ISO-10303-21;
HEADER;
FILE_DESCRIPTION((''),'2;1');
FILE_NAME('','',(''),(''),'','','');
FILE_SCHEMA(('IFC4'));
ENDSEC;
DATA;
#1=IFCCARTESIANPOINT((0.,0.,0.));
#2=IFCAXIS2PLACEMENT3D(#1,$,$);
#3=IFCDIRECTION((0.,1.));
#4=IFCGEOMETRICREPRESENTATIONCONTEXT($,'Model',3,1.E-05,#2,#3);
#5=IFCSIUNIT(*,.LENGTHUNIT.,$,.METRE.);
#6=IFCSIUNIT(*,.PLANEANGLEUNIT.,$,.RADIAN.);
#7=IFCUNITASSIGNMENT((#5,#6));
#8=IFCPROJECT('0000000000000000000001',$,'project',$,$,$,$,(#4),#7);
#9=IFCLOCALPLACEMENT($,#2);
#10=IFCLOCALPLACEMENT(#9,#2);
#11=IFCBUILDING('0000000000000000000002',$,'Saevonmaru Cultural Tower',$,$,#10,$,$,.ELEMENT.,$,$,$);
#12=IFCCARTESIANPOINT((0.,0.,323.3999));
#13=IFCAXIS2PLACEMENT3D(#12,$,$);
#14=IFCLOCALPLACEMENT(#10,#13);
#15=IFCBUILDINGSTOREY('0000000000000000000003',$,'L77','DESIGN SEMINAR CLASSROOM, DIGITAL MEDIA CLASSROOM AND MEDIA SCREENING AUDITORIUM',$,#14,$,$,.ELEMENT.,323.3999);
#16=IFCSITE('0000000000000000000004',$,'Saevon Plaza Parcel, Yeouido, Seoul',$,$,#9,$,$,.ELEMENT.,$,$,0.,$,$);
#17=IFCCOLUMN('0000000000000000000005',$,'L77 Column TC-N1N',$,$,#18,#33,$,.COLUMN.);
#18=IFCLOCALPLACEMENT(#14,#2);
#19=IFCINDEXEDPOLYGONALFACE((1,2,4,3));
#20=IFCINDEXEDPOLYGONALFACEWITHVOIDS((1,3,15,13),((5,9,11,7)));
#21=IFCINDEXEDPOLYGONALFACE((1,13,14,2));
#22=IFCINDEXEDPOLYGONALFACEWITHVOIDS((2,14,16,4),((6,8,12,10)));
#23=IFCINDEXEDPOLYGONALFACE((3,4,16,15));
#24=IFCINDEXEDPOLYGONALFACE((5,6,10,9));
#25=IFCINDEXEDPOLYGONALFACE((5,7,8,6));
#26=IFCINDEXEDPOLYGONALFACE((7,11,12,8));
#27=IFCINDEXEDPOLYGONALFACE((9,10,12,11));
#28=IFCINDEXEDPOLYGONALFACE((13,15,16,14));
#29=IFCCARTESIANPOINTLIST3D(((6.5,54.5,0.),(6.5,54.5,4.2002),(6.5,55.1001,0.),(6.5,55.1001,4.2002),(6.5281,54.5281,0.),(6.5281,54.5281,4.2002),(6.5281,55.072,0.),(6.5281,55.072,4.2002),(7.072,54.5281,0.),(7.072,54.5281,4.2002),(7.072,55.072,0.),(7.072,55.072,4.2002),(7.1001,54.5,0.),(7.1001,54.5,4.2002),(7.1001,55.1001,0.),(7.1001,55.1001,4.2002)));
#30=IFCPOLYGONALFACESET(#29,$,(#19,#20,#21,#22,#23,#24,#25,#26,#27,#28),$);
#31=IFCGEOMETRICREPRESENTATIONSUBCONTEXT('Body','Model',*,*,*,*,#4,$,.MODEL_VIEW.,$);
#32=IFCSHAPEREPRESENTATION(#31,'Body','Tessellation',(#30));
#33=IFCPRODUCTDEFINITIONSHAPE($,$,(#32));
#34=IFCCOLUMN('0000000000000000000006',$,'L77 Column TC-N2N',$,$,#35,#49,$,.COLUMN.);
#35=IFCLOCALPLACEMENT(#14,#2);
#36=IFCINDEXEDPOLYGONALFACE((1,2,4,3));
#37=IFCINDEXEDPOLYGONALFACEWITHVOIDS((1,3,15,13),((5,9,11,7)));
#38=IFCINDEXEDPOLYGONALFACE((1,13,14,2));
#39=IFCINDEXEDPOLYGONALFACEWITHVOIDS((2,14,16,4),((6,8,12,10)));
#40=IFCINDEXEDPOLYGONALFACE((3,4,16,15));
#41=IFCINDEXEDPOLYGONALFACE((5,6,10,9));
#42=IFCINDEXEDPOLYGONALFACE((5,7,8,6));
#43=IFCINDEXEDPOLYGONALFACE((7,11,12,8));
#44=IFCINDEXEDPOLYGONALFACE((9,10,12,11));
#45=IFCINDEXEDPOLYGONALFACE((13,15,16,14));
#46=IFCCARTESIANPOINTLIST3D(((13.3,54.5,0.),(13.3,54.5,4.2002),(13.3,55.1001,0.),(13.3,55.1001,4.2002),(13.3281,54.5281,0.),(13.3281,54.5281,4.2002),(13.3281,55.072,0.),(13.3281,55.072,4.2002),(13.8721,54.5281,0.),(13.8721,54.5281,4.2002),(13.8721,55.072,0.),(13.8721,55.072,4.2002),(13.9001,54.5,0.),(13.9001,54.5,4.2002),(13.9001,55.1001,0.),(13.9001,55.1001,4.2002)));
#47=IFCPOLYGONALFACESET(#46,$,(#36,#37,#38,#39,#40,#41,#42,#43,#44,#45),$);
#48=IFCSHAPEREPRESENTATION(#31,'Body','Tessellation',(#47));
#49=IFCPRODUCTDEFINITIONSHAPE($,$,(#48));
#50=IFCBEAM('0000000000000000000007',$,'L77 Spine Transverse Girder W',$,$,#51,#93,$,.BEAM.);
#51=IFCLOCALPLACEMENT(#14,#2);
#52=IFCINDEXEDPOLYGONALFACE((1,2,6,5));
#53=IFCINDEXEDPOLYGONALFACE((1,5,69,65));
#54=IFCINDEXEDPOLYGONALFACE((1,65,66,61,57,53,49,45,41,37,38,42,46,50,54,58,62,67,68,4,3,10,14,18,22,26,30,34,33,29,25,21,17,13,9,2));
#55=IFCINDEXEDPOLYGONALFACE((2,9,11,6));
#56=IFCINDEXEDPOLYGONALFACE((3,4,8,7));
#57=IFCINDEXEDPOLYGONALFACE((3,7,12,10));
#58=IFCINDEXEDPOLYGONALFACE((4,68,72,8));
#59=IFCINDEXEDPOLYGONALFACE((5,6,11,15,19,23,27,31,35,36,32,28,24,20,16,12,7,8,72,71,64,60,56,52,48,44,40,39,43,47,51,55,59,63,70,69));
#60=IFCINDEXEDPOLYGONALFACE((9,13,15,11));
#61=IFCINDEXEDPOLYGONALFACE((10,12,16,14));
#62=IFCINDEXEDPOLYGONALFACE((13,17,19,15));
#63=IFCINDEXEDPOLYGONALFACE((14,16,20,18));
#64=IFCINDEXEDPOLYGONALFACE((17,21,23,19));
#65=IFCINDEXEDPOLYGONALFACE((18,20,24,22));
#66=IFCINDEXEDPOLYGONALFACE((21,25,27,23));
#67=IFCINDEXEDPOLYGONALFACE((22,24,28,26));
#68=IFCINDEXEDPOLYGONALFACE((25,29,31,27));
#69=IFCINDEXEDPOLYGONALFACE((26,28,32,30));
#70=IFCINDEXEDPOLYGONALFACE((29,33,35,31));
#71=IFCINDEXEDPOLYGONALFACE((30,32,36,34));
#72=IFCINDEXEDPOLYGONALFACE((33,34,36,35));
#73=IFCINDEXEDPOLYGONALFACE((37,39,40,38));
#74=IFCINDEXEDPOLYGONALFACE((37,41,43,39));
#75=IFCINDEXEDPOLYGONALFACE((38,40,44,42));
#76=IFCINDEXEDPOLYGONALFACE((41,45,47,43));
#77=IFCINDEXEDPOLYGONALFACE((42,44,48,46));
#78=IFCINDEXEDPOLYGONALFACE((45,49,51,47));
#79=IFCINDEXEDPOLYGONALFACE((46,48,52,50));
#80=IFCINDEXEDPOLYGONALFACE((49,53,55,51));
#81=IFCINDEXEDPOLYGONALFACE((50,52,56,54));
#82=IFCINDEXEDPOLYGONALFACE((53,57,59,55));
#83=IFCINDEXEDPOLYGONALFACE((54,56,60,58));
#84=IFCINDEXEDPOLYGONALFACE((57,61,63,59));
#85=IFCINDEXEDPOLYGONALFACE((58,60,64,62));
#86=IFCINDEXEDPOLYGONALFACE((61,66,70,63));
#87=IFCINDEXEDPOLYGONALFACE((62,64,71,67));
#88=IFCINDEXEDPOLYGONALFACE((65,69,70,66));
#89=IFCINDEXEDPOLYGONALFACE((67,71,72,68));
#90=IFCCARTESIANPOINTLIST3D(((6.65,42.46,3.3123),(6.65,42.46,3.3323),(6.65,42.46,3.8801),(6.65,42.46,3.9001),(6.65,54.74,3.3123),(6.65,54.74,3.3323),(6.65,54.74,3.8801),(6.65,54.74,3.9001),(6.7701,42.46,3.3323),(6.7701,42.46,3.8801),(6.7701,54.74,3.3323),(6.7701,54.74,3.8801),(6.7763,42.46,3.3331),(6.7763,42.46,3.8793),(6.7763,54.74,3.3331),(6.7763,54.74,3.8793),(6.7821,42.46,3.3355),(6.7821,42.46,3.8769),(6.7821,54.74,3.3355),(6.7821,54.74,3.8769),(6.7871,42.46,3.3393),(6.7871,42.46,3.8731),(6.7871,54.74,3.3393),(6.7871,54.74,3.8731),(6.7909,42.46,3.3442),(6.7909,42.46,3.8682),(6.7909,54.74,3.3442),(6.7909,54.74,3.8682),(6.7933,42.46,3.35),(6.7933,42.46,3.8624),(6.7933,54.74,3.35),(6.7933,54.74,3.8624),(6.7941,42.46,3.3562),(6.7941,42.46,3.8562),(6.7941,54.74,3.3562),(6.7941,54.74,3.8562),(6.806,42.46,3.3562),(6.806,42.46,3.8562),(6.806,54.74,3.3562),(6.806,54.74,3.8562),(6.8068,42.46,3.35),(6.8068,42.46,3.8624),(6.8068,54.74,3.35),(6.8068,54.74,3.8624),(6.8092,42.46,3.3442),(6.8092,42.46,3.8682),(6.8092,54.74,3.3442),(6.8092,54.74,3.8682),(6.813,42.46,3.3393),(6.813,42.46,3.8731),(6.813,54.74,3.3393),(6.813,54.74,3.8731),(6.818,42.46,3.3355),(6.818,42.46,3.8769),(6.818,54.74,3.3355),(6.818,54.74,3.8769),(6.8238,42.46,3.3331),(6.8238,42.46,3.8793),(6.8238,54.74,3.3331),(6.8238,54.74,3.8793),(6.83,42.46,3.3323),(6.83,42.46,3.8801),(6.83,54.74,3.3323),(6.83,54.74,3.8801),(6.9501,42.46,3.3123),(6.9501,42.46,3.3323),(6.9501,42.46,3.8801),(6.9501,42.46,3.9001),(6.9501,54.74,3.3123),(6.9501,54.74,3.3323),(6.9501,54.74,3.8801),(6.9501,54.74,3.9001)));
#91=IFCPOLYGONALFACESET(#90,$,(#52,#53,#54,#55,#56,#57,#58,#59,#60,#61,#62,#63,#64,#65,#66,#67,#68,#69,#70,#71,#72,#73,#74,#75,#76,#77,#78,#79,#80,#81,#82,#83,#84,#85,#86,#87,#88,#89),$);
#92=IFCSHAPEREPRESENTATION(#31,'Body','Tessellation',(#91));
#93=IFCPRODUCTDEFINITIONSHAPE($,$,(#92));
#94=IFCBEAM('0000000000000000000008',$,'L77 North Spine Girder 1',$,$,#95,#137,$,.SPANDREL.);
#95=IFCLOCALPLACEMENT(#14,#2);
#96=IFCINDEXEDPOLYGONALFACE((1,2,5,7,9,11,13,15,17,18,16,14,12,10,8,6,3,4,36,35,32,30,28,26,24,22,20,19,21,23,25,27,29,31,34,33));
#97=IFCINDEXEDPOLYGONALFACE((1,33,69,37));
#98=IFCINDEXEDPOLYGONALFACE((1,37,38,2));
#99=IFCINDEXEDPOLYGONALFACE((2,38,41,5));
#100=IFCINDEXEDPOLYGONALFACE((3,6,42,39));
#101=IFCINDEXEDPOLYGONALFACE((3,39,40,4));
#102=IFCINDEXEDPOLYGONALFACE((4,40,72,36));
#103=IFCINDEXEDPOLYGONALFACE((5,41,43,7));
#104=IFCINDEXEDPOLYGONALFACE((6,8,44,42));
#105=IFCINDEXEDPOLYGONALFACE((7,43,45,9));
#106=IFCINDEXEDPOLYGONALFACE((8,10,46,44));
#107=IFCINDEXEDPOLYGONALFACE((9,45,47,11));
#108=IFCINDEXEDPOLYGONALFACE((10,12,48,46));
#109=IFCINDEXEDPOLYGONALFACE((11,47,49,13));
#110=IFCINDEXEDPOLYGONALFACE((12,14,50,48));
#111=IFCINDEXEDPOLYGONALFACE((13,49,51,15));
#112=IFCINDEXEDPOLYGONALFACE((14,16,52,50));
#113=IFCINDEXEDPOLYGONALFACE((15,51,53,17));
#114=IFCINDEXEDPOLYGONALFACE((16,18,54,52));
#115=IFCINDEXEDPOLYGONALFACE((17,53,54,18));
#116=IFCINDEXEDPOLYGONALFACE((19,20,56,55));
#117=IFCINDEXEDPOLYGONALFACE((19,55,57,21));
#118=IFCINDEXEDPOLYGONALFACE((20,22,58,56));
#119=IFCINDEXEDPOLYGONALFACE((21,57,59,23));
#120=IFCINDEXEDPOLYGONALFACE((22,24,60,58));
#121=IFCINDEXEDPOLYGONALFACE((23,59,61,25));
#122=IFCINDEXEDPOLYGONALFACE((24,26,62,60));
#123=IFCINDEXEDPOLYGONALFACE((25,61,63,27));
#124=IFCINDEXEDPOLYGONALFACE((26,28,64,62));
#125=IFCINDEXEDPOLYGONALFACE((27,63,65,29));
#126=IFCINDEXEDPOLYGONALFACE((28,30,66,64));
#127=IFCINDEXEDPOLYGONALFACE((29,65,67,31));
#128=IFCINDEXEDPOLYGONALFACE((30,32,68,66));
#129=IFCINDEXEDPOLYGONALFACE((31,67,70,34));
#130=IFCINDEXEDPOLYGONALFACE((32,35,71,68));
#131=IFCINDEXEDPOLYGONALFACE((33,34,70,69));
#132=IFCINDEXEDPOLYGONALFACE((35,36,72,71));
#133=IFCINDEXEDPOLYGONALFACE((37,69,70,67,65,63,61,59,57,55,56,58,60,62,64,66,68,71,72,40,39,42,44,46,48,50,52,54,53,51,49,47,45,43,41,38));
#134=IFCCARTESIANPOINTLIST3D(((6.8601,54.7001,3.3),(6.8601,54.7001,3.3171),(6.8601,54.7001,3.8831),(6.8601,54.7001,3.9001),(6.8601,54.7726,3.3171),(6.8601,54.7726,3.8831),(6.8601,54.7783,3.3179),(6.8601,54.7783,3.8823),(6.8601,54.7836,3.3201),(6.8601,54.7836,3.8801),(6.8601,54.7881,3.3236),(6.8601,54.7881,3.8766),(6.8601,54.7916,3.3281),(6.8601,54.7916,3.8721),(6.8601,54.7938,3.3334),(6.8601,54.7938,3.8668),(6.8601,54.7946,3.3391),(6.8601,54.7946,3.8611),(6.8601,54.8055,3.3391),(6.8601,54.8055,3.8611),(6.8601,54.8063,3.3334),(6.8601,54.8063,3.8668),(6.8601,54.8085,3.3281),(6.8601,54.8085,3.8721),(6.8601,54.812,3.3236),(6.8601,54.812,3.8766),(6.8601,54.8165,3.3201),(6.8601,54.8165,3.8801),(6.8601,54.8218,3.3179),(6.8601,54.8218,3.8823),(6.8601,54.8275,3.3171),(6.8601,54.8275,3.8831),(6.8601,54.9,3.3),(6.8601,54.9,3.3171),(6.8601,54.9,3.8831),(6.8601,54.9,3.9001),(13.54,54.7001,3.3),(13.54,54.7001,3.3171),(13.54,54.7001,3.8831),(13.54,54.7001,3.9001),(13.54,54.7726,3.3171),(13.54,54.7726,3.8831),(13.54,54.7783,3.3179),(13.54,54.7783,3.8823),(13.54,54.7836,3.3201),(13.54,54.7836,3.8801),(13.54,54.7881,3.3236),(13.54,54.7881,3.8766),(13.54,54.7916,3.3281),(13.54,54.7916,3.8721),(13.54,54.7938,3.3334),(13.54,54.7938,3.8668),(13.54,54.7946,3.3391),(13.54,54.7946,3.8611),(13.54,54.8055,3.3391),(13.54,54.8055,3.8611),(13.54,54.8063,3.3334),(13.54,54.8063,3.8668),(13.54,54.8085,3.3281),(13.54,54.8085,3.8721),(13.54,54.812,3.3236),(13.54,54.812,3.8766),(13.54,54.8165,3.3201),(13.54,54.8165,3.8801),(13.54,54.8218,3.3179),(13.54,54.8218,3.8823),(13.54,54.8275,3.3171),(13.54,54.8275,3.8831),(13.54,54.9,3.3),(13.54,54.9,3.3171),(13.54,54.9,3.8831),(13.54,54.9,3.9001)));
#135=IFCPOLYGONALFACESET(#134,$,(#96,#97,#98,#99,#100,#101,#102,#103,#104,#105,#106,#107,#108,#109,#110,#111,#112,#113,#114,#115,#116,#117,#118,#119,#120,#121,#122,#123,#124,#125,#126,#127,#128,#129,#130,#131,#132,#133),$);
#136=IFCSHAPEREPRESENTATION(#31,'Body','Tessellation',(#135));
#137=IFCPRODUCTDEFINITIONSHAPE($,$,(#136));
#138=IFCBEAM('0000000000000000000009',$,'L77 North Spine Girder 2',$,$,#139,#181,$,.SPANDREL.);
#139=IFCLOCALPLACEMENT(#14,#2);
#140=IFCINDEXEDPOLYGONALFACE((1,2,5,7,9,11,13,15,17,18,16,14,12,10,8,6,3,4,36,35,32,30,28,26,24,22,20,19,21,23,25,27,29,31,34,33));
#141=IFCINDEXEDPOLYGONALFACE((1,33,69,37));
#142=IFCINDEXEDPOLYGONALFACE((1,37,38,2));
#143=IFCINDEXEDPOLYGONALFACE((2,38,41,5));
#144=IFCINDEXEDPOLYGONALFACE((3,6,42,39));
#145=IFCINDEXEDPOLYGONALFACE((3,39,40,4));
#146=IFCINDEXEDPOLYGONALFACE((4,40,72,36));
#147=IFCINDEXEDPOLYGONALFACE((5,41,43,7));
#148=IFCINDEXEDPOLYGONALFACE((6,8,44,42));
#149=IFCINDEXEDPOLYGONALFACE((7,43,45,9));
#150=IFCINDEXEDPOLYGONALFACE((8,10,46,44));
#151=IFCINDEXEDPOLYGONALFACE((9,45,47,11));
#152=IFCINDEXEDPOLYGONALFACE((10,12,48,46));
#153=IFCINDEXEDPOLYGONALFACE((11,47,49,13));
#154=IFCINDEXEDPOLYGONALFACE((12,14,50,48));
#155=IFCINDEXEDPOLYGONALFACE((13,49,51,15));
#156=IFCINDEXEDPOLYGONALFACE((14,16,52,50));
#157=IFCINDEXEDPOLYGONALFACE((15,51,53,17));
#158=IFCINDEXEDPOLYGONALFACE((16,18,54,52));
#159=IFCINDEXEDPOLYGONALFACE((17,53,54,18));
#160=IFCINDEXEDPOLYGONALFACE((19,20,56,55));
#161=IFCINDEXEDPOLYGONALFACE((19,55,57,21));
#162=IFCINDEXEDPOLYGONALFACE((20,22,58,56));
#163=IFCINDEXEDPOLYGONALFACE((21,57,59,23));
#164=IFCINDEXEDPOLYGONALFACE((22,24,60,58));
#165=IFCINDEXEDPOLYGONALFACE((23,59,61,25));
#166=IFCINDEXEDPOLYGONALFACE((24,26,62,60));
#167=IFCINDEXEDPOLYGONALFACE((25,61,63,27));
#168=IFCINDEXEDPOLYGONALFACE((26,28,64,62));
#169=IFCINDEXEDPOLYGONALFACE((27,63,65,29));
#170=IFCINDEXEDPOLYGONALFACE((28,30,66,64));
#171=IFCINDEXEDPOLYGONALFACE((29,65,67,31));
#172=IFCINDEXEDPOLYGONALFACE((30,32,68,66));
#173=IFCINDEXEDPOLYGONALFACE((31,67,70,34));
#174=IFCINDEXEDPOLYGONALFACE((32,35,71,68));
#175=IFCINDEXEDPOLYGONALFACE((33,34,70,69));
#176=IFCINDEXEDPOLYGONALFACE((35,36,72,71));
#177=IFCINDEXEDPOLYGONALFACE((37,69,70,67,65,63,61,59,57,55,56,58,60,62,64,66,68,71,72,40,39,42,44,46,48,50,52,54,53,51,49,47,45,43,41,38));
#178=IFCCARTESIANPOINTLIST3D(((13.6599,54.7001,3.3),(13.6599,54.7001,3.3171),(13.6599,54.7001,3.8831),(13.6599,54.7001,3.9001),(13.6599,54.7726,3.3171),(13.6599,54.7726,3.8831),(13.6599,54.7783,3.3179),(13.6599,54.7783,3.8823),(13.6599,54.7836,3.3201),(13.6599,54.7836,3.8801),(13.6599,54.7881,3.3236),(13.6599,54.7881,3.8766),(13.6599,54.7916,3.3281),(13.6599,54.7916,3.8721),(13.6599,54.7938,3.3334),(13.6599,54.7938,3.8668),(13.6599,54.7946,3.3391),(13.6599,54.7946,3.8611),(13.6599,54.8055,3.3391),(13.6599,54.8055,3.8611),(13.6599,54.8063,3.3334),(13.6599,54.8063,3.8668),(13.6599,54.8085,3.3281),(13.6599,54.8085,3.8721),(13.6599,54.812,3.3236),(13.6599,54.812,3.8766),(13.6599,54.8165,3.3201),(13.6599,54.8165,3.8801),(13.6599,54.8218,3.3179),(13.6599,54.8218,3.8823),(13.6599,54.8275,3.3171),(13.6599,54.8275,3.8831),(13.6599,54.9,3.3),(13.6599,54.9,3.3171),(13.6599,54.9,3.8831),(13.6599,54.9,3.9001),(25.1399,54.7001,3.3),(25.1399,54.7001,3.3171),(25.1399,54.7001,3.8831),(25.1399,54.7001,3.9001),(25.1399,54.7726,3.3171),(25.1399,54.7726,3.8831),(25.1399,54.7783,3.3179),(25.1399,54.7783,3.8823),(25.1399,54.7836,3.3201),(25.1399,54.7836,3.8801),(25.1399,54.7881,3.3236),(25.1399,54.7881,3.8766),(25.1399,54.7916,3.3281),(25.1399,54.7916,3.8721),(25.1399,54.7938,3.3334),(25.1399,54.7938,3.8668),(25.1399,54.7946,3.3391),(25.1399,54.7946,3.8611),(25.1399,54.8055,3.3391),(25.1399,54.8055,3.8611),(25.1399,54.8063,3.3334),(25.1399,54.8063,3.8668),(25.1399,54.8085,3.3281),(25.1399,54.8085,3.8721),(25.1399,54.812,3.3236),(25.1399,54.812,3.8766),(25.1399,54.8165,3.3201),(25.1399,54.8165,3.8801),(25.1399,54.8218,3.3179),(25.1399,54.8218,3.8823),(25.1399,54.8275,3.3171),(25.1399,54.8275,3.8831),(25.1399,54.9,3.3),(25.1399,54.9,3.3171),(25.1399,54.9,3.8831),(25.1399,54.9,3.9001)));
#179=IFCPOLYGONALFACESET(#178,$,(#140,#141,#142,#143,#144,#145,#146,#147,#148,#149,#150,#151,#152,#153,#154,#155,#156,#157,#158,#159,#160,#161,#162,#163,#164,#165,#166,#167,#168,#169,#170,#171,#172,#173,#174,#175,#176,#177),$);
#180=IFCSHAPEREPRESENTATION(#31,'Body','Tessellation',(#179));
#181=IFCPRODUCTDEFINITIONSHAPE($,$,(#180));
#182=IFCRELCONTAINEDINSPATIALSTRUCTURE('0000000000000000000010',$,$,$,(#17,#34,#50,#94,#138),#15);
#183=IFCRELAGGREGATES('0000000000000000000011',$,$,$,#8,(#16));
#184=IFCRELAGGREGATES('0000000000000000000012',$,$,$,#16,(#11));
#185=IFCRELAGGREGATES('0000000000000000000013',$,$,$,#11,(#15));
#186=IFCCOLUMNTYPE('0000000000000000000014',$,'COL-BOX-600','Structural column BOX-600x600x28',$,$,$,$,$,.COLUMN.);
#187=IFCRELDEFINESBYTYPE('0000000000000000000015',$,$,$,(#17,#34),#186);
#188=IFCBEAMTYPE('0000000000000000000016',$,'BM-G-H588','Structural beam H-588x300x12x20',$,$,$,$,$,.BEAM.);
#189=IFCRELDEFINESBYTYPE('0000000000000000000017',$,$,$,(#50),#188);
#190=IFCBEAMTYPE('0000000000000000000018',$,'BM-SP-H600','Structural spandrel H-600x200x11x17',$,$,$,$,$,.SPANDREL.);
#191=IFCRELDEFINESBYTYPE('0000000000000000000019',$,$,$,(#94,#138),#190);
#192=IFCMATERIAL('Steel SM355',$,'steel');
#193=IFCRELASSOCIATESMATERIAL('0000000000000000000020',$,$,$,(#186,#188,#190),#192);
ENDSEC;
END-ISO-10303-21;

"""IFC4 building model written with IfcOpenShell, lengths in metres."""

from ifc_helpers import new_model, si_unit, direction, frame, origin, origin_2d, place, context, subcontext, project, spatial, hollow_rectangle, i_section, extrude, material, material_profile, profile_set, type_object, element, save


model = new_model("IFC4")

# Units and contexts
model_context = context("Model", 3, precision=1e-05, world=origin(), true_north=direction((0.0, 1.0)))
body_context = subcontext(model_context, "Body", "Model", "MODEL_VIEW")
ifc_project = project(units=[si_unit("LENGTHUNIT", "METRE"), si_unit("PLANEANGLEUNIT", "RADIAN")], contexts=[model_context])

# Site, building, storey
site_placement = place(None, origin())
site = spatial("IfcSite", under=ifc_project, at=site_placement, Name="Saevon Plaza Parcel, Yeouido, Seoul", CompositionType="ELEMENT", RefElevation=0.0)
building_placement = place(site_placement, origin())
building = spatial("IfcBuilding", under=site, at=building_placement, Name="Saevonmaru Cultural Tower", CompositionType="ELEMENT")
storey_placement = place(building_placement, frame((0.0, 0.0, 323.3999)))
storey = spatial("IfcBuildingStorey", under=building, at=storey_placement, Name="L77", Description="DESIGN SEMINAR CLASSROOM, DIGITAL MEDIA CLASSROOM AND MEDIA SCREENING AUDITORIUM", CompositionType="ELEMENT", Elevation=323.3999)

# Columns
ifc_material_1 = material(Name="Steel SM355", Category="steel")
ifc_material_profile_1 = material_profile(ifc_material_1, hollow_rectangle(XDim=0.6001, YDim=0.6001, WallThickness=0.0281, at=origin_2d()), Name="BOX-600x600x28")
ifc_profile_set_1 = profile_set([ifc_material_profile_1], Name="Steel SM355")
column_type = type_object("IfcColumnType", Name="COL-BOX-600", Description="Structural column BOX-600x600x28", PredefinedType="COLUMN", material=ifc_profile_set_1)
for number, where, z_axis, x_axis, name in (
    (1, (6.8, 54.8, 0.0), (0.0, 0.0, 1.0), (1.0, 0.0, 0.0), "L77 Column TC-N1N"),
    (2, (13.6001, 54.8, 0.0), (0.0, 0.0, 1.0), (1.0, 0.0, 0.0), "L77 Column TC-N2N"),
):
    element("IfcColumn", number, at=place(storey_placement, frame(where, z_axis=z_axis, x_axis=x_axis)), inside=storey, type_object=column_type, Name=name, PredefinedType="COLUMN", context=body_context, shape_type="SweptSolid", body=[
        extrude(hollow_rectangle(XDim=0.6001, YDim=0.6001, WallThickness=0.0281, at=origin_2d()), origin(), (0.0, 0.0, 1.0), 4.2002),
    ])

# Beams
ifc_material_profile_2 = material_profile(ifc_material_1, i_section(OverallWidth=0.3, OverallDepth=0.5879, WebThickness=0.012, FlangeThickness=0.02, FilletRadius=0.0239, at=origin_2d()), Name="H-588x300x12x20")
ifc_profile_set_2 = profile_set([ifc_material_profile_2], Name="Steel SM355")
beam_type_1 = type_object("IfcBeamType", Name="BM-G-H588", Description="Structural beam H-588x300x12x20", PredefinedType="BEAM", material=ifc_profile_set_2)
beam_1_placement = place(storey_placement, frame((6.8, 54.74, 3.6062), z_axis=(0.0, -1.0, 0.0), x_axis=(1.0, 0.0, 0.0)))
element("IfcBeam", 3, at=beam_1_placement, inside=storey, type_object=beam_type_1, Name="L77 Spine Transverse Girder W", PredefinedType="BEAM", context=body_context, shape_type="SweptSolid", body=[
    extrude(i_section(OverallWidth=0.3, OverallDepth=0.5879, WebThickness=0.012, FlangeThickness=0.02, FilletRadius=0.0239, at=origin_2d()), origin(), (0.0, 0.0, 1.0), 12.28),
])
ifc_material_profile_3 = material_profile(ifc_material_1, i_section(OverallWidth=0.2, OverallDepth=0.6001, WebThickness=0.011, FlangeThickness=0.0171, FilletRadius=0.022, at=origin_2d()), Name="H-600x200x11x17")
ifc_profile_set_3 = profile_set([ifc_material_profile_3], Name="Steel SM355")
beam_type_2 = type_object("IfcBeamType", Name="BM-SP-H600", Description="Structural spandrel H-600x200x11x17", PredefinedType="SPANDREL", material=ifc_profile_set_3)
beam_2_placement = place(storey_placement, frame((6.8601, 54.8, 3.6001), z_axis=(1.0, 0.0, 0.0), x_axis=(0.0, 1.0, 0.0)))
element("IfcBeam", 4, at=beam_2_placement, inside=storey, type_object=beam_type_2, Name="L77 North Spine Girder 1", PredefinedType="SPANDREL", context=body_context, shape_type="SweptSolid", body=[
    extrude(i_section(OverallWidth=0.2, OverallDepth=0.6001, WebThickness=0.011, FlangeThickness=0.0171, FilletRadius=0.022, at=origin_2d()), origin(), (0.0, 0.0, 1.0), 6.6799),
])
beam_3_placement = place(storey_placement, frame((13.6599, 54.8, 3.6001), z_axis=(1.0, 0.0, 0.0), x_axis=(0.0, 1.0, 0.0)))
element("IfcBeam", 5, at=beam_3_placement, inside=storey, type_object=beam_type_2, Name="L77 North Spine Girder 2", PredefinedType="SPANDREL", context=body_context, shape_type="SweptSolid", body=[
    extrude(i_section(OverallWidth=0.2, OverallDepth=0.6001, WebThickness=0.011, FlangeThickness=0.0171, FilletRadius=0.022, at=origin_2d()), origin(), (0.0, 0.0, 1.0), 11.48),
])

save(model, "model.ifc")
